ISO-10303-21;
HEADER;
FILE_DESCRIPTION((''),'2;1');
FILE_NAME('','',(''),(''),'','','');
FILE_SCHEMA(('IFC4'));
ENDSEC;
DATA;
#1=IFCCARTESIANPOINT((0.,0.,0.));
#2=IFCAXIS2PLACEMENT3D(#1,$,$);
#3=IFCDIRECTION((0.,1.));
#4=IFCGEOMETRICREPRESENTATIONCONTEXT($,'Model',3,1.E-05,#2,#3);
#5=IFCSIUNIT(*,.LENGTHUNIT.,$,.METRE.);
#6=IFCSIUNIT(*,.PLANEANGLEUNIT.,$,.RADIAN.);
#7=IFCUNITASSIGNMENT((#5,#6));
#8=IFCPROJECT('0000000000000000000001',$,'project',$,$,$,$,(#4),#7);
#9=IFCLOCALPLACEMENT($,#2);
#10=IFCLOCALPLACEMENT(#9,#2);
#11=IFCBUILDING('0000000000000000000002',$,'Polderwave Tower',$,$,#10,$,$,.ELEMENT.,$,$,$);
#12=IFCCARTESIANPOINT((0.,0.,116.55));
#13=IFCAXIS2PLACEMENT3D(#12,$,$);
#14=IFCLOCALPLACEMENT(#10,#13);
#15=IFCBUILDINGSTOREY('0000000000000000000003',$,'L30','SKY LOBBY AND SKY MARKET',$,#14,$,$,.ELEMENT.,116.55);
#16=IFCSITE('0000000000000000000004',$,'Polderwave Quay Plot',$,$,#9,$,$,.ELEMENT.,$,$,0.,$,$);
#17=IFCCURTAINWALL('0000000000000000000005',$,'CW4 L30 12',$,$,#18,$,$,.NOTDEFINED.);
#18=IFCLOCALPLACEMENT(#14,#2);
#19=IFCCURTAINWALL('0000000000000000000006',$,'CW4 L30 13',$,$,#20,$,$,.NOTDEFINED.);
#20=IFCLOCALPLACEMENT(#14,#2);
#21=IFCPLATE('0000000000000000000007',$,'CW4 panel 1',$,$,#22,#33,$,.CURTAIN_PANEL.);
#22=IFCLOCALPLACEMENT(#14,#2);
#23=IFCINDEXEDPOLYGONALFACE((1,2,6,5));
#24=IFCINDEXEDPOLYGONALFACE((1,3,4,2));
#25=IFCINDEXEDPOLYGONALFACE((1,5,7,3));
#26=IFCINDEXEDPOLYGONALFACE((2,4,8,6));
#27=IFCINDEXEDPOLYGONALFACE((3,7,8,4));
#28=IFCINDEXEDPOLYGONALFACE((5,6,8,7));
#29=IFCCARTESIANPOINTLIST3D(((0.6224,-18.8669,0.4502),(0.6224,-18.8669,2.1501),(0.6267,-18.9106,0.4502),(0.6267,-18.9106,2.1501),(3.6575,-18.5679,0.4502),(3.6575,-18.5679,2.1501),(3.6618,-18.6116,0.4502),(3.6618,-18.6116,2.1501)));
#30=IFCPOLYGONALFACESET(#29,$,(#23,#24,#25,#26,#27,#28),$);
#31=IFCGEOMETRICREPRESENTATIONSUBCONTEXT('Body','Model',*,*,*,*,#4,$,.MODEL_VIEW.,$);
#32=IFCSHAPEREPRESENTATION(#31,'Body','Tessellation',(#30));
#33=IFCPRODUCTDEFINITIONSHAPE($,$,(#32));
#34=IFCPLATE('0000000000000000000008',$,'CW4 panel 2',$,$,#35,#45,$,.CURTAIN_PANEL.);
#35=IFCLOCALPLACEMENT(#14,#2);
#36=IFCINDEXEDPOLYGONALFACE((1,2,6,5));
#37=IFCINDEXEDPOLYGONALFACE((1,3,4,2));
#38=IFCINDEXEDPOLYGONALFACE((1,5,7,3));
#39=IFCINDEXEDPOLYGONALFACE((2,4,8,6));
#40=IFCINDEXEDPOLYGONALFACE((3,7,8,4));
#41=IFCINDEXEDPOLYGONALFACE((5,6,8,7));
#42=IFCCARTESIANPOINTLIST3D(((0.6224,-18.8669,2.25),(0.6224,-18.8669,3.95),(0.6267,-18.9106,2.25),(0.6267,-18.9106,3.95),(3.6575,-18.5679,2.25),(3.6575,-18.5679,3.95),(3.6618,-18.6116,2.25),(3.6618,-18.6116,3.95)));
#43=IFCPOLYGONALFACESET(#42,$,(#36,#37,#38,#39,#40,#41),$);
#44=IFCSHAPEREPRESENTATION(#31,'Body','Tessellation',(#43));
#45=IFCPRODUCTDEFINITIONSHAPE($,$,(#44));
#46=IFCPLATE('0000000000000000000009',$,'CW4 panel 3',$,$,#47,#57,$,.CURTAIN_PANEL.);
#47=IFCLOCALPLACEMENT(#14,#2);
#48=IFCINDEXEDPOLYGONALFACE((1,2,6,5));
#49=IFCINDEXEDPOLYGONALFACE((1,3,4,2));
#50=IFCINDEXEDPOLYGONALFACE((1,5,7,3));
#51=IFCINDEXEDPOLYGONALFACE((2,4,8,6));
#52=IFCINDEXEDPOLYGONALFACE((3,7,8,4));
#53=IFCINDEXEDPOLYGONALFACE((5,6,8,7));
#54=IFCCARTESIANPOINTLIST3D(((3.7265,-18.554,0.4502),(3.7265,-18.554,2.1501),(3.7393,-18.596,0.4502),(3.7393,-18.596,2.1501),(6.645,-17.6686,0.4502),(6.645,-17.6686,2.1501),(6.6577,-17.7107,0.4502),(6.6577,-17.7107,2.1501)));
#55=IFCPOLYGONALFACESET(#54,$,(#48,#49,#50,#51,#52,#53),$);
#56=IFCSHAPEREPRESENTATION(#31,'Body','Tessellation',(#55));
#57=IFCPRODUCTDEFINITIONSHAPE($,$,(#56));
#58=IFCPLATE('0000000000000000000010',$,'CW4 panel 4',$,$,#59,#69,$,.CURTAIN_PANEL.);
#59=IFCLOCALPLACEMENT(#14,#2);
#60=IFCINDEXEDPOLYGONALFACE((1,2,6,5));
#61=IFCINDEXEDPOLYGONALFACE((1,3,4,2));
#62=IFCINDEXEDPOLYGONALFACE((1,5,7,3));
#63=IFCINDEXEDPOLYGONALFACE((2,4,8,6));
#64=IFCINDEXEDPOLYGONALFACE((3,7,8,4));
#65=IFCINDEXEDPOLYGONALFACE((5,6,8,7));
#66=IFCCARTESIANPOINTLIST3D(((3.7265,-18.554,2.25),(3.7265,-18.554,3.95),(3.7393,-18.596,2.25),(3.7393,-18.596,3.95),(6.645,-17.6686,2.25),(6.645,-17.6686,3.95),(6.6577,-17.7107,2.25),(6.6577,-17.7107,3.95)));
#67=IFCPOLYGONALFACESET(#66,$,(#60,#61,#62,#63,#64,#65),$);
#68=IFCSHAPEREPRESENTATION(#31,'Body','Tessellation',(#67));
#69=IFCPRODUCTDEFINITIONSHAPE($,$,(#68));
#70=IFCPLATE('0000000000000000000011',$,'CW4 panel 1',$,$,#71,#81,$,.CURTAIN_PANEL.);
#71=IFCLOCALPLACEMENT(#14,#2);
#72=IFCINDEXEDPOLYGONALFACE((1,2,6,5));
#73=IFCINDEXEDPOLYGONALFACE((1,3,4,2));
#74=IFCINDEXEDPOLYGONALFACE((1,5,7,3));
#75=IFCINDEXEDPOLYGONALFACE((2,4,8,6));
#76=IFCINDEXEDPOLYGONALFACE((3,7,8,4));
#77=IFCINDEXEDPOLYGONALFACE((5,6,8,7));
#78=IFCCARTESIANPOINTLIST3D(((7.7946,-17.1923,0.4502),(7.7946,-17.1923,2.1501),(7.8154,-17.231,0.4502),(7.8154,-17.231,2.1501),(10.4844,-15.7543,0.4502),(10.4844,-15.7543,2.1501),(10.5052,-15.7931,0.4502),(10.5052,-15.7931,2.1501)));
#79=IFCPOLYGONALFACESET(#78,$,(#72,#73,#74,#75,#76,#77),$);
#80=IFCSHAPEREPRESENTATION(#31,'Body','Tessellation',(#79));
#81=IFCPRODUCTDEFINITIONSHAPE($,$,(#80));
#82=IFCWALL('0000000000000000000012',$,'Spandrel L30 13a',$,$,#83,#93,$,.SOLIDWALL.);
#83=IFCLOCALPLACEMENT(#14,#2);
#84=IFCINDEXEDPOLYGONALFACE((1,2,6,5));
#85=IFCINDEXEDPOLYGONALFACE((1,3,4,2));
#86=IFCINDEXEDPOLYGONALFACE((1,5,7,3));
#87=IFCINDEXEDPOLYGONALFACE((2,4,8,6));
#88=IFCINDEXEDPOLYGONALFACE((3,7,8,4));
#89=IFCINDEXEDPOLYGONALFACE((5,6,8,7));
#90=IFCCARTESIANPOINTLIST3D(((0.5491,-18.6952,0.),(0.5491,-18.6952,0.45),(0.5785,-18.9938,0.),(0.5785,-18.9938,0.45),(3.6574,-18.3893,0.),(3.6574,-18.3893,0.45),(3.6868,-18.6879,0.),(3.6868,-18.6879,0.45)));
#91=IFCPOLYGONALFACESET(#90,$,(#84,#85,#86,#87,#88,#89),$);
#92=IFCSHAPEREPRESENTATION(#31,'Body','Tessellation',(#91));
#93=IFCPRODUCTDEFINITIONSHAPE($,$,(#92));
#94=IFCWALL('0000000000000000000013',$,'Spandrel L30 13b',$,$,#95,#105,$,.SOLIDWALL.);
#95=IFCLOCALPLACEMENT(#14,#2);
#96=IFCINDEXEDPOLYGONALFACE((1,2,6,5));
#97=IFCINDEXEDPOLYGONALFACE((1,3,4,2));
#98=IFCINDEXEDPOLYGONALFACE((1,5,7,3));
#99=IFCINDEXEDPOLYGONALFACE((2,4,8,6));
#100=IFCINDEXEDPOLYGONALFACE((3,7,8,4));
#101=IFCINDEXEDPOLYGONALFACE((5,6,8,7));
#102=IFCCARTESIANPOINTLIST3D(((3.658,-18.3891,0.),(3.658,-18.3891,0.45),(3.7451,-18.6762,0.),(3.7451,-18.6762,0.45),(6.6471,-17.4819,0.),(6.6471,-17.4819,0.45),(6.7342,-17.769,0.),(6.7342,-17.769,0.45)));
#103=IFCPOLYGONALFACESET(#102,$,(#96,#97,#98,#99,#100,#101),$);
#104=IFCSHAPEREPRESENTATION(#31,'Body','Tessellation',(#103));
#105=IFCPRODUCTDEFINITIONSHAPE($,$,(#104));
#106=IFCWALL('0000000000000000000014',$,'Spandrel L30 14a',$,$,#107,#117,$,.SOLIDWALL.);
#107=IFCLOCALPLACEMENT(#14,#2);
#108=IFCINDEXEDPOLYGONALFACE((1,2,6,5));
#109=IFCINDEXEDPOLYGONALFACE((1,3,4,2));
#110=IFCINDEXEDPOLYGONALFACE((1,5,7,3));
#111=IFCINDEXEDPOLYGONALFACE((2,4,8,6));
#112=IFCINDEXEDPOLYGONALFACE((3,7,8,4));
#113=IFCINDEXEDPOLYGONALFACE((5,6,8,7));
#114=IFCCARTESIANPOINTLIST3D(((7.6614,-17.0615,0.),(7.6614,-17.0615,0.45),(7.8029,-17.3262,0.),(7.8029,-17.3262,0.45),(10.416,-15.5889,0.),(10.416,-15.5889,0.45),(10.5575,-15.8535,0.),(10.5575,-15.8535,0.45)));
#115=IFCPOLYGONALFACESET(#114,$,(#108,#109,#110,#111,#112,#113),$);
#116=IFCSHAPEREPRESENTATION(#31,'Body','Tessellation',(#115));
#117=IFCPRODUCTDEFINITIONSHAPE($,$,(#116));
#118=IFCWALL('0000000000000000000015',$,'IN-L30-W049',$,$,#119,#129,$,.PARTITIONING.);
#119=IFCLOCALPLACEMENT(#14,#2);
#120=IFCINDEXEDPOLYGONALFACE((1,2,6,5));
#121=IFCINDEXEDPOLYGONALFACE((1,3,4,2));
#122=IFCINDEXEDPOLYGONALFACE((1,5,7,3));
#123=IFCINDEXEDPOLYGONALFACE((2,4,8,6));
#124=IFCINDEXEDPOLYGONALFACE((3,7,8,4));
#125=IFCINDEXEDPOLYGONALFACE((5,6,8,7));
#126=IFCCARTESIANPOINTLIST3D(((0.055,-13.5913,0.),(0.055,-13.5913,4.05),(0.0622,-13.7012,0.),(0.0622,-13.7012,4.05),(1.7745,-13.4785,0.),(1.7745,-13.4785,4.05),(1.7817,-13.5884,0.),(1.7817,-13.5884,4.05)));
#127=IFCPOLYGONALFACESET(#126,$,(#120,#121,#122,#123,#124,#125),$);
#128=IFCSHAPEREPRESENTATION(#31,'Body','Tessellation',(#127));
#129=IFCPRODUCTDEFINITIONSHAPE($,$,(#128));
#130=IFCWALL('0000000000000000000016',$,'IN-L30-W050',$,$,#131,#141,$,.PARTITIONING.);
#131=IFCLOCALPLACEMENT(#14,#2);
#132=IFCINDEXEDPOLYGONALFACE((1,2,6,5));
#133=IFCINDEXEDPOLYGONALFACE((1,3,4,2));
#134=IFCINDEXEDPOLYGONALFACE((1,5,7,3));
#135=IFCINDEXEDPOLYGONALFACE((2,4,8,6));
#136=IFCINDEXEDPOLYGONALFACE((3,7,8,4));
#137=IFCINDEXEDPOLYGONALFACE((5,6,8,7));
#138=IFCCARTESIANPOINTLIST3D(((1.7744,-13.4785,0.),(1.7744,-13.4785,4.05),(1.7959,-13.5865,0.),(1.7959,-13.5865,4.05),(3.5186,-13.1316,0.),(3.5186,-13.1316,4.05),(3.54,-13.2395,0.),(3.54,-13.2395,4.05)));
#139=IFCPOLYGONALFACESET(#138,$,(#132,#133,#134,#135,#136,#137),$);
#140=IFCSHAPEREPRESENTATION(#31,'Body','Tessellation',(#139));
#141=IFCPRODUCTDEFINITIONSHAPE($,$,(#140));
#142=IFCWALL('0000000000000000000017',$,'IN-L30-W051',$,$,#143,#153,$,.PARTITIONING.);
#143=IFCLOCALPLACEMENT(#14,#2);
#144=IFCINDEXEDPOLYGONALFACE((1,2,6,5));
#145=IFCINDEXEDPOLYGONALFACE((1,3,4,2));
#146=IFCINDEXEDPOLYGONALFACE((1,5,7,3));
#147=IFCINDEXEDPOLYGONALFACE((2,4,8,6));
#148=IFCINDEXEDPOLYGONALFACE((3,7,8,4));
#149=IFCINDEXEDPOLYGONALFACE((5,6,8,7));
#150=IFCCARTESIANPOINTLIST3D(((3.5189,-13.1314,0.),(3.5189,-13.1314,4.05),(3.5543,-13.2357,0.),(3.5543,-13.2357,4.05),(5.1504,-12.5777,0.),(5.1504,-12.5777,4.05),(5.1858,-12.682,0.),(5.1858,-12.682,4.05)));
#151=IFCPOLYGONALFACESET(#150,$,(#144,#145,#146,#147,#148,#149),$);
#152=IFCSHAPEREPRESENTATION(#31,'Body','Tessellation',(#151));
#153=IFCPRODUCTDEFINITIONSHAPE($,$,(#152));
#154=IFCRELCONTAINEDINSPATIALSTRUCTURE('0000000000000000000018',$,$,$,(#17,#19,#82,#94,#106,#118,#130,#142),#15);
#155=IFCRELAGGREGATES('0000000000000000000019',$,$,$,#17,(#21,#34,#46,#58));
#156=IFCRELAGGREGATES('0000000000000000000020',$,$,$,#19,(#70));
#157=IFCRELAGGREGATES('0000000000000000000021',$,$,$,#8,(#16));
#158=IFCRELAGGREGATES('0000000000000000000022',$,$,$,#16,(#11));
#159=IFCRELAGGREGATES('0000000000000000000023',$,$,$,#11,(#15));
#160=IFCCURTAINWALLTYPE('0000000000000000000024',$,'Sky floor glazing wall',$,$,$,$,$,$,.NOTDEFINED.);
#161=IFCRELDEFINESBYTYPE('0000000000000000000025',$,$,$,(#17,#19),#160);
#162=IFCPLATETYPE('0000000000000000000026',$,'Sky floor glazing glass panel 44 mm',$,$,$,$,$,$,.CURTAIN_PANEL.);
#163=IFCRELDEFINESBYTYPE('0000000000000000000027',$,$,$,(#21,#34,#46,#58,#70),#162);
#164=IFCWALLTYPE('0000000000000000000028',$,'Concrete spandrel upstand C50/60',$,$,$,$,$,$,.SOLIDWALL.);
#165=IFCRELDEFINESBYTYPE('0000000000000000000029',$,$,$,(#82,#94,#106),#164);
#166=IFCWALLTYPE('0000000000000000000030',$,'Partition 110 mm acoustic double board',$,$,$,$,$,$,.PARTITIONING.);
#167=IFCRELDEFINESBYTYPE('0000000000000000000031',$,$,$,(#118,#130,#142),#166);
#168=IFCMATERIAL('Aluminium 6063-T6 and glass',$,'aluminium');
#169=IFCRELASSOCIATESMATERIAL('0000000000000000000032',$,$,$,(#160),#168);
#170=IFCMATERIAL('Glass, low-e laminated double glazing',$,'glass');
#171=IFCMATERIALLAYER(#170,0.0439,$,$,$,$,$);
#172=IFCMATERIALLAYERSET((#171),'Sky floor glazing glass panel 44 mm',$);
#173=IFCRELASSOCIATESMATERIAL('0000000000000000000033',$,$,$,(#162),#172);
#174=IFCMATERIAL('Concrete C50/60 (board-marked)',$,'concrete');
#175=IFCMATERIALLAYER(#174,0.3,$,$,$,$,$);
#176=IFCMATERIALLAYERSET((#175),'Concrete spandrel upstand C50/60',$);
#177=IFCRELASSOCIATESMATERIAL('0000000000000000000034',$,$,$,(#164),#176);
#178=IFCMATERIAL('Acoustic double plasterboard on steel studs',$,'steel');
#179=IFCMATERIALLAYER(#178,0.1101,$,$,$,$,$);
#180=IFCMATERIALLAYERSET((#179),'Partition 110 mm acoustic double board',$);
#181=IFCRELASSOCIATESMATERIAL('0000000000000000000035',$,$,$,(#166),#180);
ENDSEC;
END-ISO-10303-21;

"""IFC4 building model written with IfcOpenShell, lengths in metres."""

from ifc_helpers import new_model, si_unit, direction, frame, frame_2d, origin, origin_2d, place, context, subcontext, project, spatial, rectangle, extrude, material, layer, layer_set, type_object, element, aggregate, save


model = new_model("IFC4")

# Units and contexts
model_context = context("Model", 3, precision=1e-05, world=origin(), true_north=direction((0.0, 1.0)))
body_context = subcontext(model_context, "Body", "Model", "MODEL_VIEW")
ifc_project = project(units=[si_unit("LENGTHUNIT", "METRE"), si_unit("PLANEANGLEUNIT", "RADIAN")], contexts=[model_context])

# Site, building, storey
site_placement = place(None, origin())
site = spatial("IfcSite", under=ifc_project, at=site_placement, Name="Polderwave Quay Plot", CompositionType="ELEMENT", RefElevation=0.0)
building_placement = place(site_placement, origin())
building = spatial("IfcBuilding", under=site, at=building_placement, Name="Polderwave Tower", CompositionType="ELEMENT")
storey_placement = place(building_placement, frame((0.0, 0.0, 116.55)))
storey = spatial("IfcBuildingStorey", under=building, at=storey_placement, Name="L30", Description="SKY LOBBY AND SKY MARKET", CompositionType="ELEMENT", Elevation=116.55)

# Curtain wall
ifc_material_1 = material(Name="Aluminium 6063-T6 and glass", Category="aluminium")
curtain_wall_type = type_object("IfcCurtainWallType", Name="Sky floor glazing wall", PredefinedType="NOTDEFINED", material=ifc_material_1)
curtain_wall_1_placement = place(storey_placement, origin())
curtain_wall_1 = element("IfcCurtainWall", 1, at=curtain_wall_1_placement, inside=storey, type_object=curtain_wall_type, Name="CW4 L30 12", PredefinedType="NOTDEFINED")

# Curtain wall
curtain_wall_2_placement = place(storey_placement, origin())
curtain_wall_2 = element("IfcCurtainWall", 2, at=curtain_wall_2_placement, inside=storey, type_object=curtain_wall_type, Name="CW4 L30 13", PredefinedType="NOTDEFINED")

# Plates
ifc_material_2 = material(Name="Glass, low-e laminated double glazing", Category="glass")
ifc_layer_1 = layer(ifc_material_2, 0.0439)
ifc_layer_set_1 = layer_set([ifc_layer_1], Name="Sky floor glazing glass panel 44 mm")
plate_type = type_object("IfcPlateType", Name="Sky floor glazing glass panel 44 mm", PredefinedType="CURTAIN_PANEL", material=ifc_layer_set_1)
plate_1_placement = place(storey_placement, frame((2.1421, -18.7393, 0.4502), z_axis=(0.0, 0.0, 1.0), x_axis=(0.995183, 0.098033, 0.0)))
plate_1 = element("IfcPlate", 3, at=plate_1_placement, type_object=plate_type, Name="CW4 panel 1", PredefinedType="CURTAIN_PANEL", context=body_context, shape_type="SweptSolid", body=[
    extrude(rectangle(XDim=3.0498, YDim=0.0439, at=origin_2d()), origin(), (0.0, 0.0, 1.0), 1.7),
])
plate_2_placement = place(storey_placement, frame((2.1421, -18.7393, 2.25), z_axis=(0.0, 0.0, 1.0), x_axis=(0.995183, 0.098033, 0.0)))
plate_2 = element("IfcPlate", 4, at=plate_2_placement, type_object=plate_type, Name="CW4 panel 2", PredefinedType="CURTAIN_PANEL", context=body_context, shape_type="SweptSolid", body=[
    extrude(rectangle(XDim=3.0498, YDim=0.0439, at=origin_2d()), origin(), (0.0, 0.0, 1.0), 1.7),
])
plate_3_placement = place(storey_placement, frame((5.1921, -18.1323, 0.4502), z_axis=(0.0, 0.0, 1.0), x_axis=(0.956934, 0.290306, 0.0)))
plate_3 = element("IfcPlate", 5, at=plate_3_placement, type_object=plate_type, Name="CW4 panel 3", PredefinedType="CURTAIN_PANEL", context=body_context, shape_type="SweptSolid", body=[
    extrude(rectangle(XDim=3.0498, YDim=0.0439, at=origin_2d()), origin(), (0.0, 0.0, 1.0), 1.7),
])
plate_4_placement = place(storey_placement, frame((5.1921, -18.1323, 2.25), z_axis=(0.0, 0.0, 1.0), x_axis=(0.956934, 0.290306, 0.0)))
plate_4 = element("IfcPlate", 6, at=plate_4_placement, type_object=plate_type, Name="CW4 panel 4", PredefinedType="CURTAIN_PANEL", context=body_context, shape_type="SweptSolid", body=[
    extrude(rectangle(XDim=3.0498, YDim=0.0439, at=origin_2d()), origin(), (0.0, 0.0, 1.0), 1.7),
])
aggregate(curtain_wall_1, [plate_1, plate_2, plate_3, plate_4])
plate_5_placement = place(storey_placement, frame((9.1499, -16.4927, 0.4502), z_axis=(0.0, 0.0, 1.0), x_axis=(0.881888, 0.471458, 0.0)))
plate_5 = element("IfcPlate", 7, at=plate_5_placement, type_object=plate_type, Name="CW4 panel 1", PredefinedType="CURTAIN_PANEL", context=body_context, shape_type="SweptSolid", body=[
    extrude(rectangle(XDim=3.05, YDim=0.0439, at=origin_2d()), origin(), (0.0, 0.0, 1.0), 1.7),
])
aggregate(curtain_wall_2, [plate_5])

# Walls
ifc_material_3 = material(Name="Concrete C50/60 (board-marked)", Category="concrete")
ifc_layer_2 = layer(ifc_material_3, 0.3)
ifc_layer_set_2 = layer_set([ifc_layer_2], Name="Concrete spandrel upstand C50/60")
wall_type_1 = type_object("IfcWallType", Name="Concrete spandrel upstand C50/60", PredefinedType="SOLIDWALL", material=ifc_layer_set_2)
wall_1_placement = place(storey_placement, frame((0.564, -18.8445, 0.0), z_axis=(0.0, 0.0, 1.0), x_axis=(0.995192, 0.097948, 0.0)))
element("IfcWall", 8, at=wall_1_placement, inside=storey, type_object=wall_type_1, Name="Spandrel L30 13a", PredefinedType="SOLIDWALL", context=body_context, shape_type="SweptSolid", body=[
    extrude(rectangle(XDim=3.1233, YDim=0.3, at=frame_2d((1.5615, 0.0))), origin(), (0.0, 0.0, 1.0), 0.45),
])
wall_2_placement = place(storey_placement, frame((3.7014, -18.5327, 0.0), z_axis=(0.0, 0.0, 1.0), x_axis=(0.956901, 0.290415, 0.0)))
element("IfcWall", 9, at=wall_2_placement, inside=storey, type_object=wall_type_1, Name="Spandrel L30 13b", PredefinedType="SOLIDWALL", context=body_context, shape_type="SweptSolid", body=[
    extrude(rectangle(XDim=3.1238, YDim=0.3, at=frame_2d((1.562, 0.0))), origin(), (0.0, 0.0, 1.0), 0.45),
])
wall_3_placement = place(storey_placement, frame((7.7322, -17.1938, 0.0), z_axis=(0.0, 0.0, 1.0), x_axis=(0.881885, 0.471464, 0.0)))
element("IfcWall", 10, at=wall_3_placement, inside=storey, type_object=wall_type_1, Name="Spandrel L30 14a", PredefinedType="SOLIDWALL", context=body_context, shape_type="SweptSolid", body=[
    extrude(rectangle(XDim=3.1235, YDim=0.3, at=frame_2d((1.5618, 0.0))), origin(), (0.0, 0.0, 1.0), 0.45),
])
ifc_material_4 = material(Name="Acoustic double plasterboard on steel studs", Category="steel")
ifc_layer_3 = layer(ifc_material_4, 0.1101)
ifc_layer_set_3 = layer_set([ifc_layer_3], Name="Partition 110 mm acoustic double board")
wall_type_2 = type_object("IfcWallType", Name="Partition 110 mm acoustic double board", PredefinedType="PARTITIONING", material=ifc_layer_set_3)
wall_4_placement = place(storey_placement, frame((1.7781, -13.5334, 0.0), z_axis=(0.0, 0.0, 1.0), x_axis=(-0.997855, -0.065456, 0.0)))
element("IfcWall", 11, at=wall_4_placement, inside=storey, type_object=wall_type_2, Name="IN-L30-W049", PredefinedType="PARTITIONING", context=body_context, shape_type="SweptSolid", body=[
    extrude(rectangle(XDim=1.7231, YDim=0.1101, at=frame_2d((0.8616, 0.0))), origin(), (0.0, 0.0, 1.0), 4.05),
])
wall_5_placement = place(storey_placement, frame((3.5293, -13.1855, 0.0), z_axis=(0.0, 0.0, 1.0), x_axis=(-0.980786, -0.195086, 0.0)))
element("IfcWall", 12, at=wall_5_placement, inside=storey, type_object=wall_type_2, Name="IN-L30-W050", PredefinedType="PARTITIONING", context=body_context, shape_type="SweptSolid", body=[
    extrude(rectangle(XDim=1.7783, YDim=0.1101, at=frame_2d((0.8892, 0.0))), origin(), (0.0, 0.0, 1.0), 4.05),
])
wall_6_placement = place(storey_placement, frame((5.168, -12.6299, 0.0), z_axis=(0.0, 0.0, 1.0), x_axis=(-0.946955, -0.321367, 0.0)))
element("IfcWall", 13, at=wall_6_placement, inside=storey, type_object=wall_type_2, Name="IN-L30-W051", PredefinedType="PARTITIONING", context=body_context, shape_type="SweptSolid", body=[
    extrude(rectangle(XDim=1.7229, YDim=0.1101, at=frame_2d((0.8613, 0.0))), origin(), (0.0, 0.0, 1.0), 4.05),
])

save(model, "model.ifc")
